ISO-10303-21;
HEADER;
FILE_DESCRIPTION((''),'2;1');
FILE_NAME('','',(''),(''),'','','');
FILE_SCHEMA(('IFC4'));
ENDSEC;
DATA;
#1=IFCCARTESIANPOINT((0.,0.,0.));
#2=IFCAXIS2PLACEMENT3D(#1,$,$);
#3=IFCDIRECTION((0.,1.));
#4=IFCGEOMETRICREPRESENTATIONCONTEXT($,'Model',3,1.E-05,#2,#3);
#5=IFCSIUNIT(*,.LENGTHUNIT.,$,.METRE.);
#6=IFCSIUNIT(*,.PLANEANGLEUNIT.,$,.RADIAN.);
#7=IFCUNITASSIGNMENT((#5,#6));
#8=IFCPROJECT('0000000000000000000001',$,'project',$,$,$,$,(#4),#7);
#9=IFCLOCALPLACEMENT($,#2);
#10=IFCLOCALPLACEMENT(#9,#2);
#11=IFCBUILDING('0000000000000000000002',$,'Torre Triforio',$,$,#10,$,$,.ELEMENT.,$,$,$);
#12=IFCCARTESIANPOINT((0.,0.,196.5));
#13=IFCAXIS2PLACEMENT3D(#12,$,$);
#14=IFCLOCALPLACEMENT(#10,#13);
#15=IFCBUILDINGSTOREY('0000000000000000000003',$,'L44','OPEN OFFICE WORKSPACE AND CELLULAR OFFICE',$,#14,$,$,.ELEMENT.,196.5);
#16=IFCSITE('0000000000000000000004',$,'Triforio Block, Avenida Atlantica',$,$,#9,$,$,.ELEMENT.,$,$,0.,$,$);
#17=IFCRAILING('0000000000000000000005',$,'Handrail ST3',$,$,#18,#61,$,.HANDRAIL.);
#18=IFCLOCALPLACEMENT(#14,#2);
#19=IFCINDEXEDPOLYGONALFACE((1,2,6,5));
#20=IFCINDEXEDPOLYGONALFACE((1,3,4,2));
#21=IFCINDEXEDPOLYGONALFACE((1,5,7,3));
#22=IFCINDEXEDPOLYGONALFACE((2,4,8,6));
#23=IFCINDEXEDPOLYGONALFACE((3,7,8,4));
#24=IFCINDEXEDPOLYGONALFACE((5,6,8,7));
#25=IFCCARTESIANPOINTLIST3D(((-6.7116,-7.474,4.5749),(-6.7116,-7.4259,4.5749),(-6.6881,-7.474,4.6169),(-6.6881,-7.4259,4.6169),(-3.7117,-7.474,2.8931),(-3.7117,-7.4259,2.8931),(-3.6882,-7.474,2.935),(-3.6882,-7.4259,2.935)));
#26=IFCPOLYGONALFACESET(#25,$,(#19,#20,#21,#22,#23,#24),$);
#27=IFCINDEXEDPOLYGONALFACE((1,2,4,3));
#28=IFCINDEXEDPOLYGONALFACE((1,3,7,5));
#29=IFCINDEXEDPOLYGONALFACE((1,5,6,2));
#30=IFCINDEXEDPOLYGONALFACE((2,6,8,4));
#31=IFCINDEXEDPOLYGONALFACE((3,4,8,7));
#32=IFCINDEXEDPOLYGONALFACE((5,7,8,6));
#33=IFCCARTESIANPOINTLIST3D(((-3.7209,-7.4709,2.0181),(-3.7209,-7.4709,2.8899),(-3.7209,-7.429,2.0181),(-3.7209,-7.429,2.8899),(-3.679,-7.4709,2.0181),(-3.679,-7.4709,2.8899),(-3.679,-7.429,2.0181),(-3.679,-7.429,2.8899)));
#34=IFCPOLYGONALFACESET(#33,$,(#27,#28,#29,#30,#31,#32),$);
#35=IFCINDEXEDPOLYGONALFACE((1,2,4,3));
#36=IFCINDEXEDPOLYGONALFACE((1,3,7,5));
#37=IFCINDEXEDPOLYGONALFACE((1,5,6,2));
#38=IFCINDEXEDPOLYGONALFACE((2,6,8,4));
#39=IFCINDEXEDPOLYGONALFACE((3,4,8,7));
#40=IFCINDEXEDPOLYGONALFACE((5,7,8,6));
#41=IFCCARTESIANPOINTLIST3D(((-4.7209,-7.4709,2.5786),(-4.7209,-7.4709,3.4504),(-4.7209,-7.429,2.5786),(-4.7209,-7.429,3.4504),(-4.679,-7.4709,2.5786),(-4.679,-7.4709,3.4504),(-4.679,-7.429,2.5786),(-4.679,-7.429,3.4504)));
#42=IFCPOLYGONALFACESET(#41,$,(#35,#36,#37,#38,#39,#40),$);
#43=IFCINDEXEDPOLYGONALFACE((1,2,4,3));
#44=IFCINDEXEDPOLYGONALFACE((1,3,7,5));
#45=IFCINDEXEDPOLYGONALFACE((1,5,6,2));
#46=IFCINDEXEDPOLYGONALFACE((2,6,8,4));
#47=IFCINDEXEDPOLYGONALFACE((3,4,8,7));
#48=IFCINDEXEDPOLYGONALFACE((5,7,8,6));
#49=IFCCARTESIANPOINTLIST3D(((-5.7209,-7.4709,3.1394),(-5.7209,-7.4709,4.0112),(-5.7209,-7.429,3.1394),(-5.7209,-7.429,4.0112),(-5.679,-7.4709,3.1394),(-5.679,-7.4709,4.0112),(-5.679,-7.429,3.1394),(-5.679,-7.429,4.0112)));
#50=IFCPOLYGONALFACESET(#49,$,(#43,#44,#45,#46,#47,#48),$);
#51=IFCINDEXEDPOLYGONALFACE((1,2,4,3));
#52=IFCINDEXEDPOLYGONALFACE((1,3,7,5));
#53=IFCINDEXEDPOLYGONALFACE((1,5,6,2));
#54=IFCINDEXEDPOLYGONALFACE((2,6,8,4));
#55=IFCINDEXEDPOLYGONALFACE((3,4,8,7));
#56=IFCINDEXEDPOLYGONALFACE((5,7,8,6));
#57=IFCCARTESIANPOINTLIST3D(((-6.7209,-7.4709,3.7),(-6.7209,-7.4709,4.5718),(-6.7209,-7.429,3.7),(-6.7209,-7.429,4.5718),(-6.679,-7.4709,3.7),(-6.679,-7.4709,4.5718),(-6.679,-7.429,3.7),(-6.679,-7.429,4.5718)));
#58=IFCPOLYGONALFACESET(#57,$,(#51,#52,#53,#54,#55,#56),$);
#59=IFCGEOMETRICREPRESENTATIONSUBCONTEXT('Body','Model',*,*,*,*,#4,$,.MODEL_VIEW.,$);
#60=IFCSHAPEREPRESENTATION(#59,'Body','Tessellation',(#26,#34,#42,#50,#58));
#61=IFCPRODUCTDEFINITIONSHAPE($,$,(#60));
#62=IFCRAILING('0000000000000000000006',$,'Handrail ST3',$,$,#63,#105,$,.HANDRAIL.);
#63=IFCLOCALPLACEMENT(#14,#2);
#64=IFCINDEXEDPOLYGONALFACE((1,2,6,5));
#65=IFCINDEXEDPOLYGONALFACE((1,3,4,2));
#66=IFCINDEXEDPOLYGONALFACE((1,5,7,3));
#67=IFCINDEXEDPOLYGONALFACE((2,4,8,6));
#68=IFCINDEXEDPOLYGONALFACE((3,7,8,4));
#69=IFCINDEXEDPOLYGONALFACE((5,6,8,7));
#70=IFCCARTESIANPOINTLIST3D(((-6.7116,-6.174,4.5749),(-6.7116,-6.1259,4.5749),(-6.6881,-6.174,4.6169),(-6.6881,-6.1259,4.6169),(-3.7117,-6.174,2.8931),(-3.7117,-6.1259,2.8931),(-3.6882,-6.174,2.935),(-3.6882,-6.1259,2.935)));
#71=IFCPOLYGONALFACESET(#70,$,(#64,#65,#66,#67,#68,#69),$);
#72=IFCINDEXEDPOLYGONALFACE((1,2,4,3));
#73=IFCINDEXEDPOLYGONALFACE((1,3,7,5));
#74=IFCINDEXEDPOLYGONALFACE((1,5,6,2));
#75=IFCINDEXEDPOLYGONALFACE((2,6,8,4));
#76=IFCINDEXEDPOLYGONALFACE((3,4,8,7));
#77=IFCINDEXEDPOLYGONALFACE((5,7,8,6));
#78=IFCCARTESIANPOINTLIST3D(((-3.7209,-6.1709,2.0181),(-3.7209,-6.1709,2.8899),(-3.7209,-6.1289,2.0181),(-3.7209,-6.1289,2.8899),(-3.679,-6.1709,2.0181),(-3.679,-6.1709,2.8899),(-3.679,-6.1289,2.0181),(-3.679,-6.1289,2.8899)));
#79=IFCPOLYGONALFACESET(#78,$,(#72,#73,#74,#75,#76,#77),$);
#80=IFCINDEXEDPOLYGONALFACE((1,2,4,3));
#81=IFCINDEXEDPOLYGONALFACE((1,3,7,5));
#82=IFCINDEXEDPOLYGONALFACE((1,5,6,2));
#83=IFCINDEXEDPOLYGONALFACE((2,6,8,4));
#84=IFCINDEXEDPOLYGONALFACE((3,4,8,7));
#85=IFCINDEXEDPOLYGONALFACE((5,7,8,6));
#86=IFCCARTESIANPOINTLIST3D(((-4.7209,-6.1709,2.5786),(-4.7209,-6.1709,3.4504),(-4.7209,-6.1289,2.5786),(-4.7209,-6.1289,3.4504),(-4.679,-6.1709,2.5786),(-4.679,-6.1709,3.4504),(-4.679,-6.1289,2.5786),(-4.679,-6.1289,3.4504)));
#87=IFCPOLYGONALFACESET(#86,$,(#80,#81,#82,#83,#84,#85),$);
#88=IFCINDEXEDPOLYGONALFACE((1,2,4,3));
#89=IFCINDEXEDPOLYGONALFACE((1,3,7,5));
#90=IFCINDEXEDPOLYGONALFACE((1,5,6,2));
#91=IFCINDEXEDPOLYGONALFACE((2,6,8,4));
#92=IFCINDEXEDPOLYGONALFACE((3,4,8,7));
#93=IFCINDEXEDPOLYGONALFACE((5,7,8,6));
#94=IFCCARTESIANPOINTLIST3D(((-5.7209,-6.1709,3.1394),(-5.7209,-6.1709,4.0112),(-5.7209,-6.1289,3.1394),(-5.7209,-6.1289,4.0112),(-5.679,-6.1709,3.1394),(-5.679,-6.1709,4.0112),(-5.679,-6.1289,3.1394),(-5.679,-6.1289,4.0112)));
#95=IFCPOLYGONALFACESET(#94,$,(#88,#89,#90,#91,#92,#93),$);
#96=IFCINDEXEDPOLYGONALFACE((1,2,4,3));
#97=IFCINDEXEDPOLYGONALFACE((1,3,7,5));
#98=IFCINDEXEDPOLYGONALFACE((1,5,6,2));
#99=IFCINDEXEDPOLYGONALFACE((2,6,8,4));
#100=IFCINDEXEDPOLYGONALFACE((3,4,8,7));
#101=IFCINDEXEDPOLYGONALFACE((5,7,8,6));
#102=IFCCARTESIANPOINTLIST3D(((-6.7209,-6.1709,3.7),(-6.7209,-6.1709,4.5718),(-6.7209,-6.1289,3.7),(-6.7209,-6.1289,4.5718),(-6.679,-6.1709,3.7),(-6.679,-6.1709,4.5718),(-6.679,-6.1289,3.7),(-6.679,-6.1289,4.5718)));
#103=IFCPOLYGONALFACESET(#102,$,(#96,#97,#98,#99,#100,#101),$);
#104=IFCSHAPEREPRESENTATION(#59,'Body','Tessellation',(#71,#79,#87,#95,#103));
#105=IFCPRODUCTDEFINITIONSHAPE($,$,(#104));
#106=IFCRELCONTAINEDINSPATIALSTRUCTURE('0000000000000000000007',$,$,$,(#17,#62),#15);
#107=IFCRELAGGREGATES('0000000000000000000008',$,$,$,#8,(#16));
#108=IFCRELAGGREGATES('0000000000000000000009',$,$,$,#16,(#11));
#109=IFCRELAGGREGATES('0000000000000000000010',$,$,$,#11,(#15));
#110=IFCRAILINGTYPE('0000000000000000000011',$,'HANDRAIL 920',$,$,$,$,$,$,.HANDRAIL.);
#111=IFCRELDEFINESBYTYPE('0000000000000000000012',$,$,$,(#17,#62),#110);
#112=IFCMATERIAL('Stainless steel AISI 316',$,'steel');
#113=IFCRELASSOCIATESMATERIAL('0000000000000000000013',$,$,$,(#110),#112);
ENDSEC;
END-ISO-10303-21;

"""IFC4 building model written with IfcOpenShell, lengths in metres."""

from ifc_helpers import new_model, si_unit, direction, frame, origin, origin_2d, place, context, subcontext, project, spatial, rectangle, extrude, material, type_object, element, save


model = new_model("IFC4")

# Units and contexts
model_context = context("Model", 3, precision=1e-05, world=origin(), true_north=direction((0.0, 1.0)))
body_context = subcontext(model_context, "Body", "Model", "MODEL_VIEW")
ifc_project = project(units=[si_unit("LENGTHUNIT", "METRE"), si_unit("PLANEANGLEUNIT", "RADIAN")], contexts=[model_context])

# Site, building, storey
site_placement = place(None, origin())
site = spatial("IfcSite", under=ifc_project, at=site_placement, Name="Triforio Block, Avenida Atlantica", CompositionType="ELEMENT", RefElevation=0.0)
building_placement = place(site_placement, origin())
building = spatial("IfcBuilding", under=site, at=building_placement, Name="Torre Triforio", CompositionType="ELEMENT")
storey_placement = place(building_placement, frame((0.0, 0.0, 196.5)))
storey = spatial("IfcBuildingStorey", under=building, at=storey_placement, Name="L44", Description="OPEN OFFICE WORKSPACE AND CELLULAR OFFICE", CompositionType="ELEMENT", Elevation=196.5)

# Railings
ifc_material_1 = material(Name="Stainless steel AISI 316", Category="steel")
railing_type = type_object("IfcRailingType", Name="HANDRAIL 920", PredefinedType="HANDRAIL", material=ifc_material_1)
for number, where, name in (
    (1, (-3.7, -7.45, 2.0181), "Handrail ST3"),
    (2, (-3.7, -6.1499, 2.0181), "Handrail ST3"),
):
    element("IfcRailing", number, at=place(storey_placement, frame(where)), inside=storey, type_object=railing_type, Name=name, PredefinedType="HANDRAIL", context=body_context, shape_type="SweptSolid", body=[
        extrude(rectangle(XDim=0.0481, YDim=0.0481, at=origin_2d()), frame((0.0, 0.0, 0.896), z_axis=(-0.872272, 0.0, 0.48902), x_axis=(0.0, -1.0, 0.0)), (0.0, 0.0, 1.0), 3.4392),
        extrude(rectangle(XDim=0.042, YDim=0.042, at=origin_2d()), origin(), (0.0, 0.0, 1.0), 0.8718),
        extrude(rectangle(XDim=0.042, YDim=0.042, at=origin_2d()), frame((-1.0, 0.0, 0.5605)), (0.0, 0.0, 1.0), 0.8718),
        extrude(rectangle(XDim=0.042, YDim=0.042, at=origin_2d()), frame((-2.0, 0.0, 1.1213)), (0.0, 0.0, 1.0), 0.8718),
        extrude(rectangle(XDim=0.042, YDim=0.042, at=origin_2d()), frame((-3.0, 0.0, 1.6819)), (0.0, 0.0, 1.0), 0.8718),
    ])

save(model, "model.ifc")
